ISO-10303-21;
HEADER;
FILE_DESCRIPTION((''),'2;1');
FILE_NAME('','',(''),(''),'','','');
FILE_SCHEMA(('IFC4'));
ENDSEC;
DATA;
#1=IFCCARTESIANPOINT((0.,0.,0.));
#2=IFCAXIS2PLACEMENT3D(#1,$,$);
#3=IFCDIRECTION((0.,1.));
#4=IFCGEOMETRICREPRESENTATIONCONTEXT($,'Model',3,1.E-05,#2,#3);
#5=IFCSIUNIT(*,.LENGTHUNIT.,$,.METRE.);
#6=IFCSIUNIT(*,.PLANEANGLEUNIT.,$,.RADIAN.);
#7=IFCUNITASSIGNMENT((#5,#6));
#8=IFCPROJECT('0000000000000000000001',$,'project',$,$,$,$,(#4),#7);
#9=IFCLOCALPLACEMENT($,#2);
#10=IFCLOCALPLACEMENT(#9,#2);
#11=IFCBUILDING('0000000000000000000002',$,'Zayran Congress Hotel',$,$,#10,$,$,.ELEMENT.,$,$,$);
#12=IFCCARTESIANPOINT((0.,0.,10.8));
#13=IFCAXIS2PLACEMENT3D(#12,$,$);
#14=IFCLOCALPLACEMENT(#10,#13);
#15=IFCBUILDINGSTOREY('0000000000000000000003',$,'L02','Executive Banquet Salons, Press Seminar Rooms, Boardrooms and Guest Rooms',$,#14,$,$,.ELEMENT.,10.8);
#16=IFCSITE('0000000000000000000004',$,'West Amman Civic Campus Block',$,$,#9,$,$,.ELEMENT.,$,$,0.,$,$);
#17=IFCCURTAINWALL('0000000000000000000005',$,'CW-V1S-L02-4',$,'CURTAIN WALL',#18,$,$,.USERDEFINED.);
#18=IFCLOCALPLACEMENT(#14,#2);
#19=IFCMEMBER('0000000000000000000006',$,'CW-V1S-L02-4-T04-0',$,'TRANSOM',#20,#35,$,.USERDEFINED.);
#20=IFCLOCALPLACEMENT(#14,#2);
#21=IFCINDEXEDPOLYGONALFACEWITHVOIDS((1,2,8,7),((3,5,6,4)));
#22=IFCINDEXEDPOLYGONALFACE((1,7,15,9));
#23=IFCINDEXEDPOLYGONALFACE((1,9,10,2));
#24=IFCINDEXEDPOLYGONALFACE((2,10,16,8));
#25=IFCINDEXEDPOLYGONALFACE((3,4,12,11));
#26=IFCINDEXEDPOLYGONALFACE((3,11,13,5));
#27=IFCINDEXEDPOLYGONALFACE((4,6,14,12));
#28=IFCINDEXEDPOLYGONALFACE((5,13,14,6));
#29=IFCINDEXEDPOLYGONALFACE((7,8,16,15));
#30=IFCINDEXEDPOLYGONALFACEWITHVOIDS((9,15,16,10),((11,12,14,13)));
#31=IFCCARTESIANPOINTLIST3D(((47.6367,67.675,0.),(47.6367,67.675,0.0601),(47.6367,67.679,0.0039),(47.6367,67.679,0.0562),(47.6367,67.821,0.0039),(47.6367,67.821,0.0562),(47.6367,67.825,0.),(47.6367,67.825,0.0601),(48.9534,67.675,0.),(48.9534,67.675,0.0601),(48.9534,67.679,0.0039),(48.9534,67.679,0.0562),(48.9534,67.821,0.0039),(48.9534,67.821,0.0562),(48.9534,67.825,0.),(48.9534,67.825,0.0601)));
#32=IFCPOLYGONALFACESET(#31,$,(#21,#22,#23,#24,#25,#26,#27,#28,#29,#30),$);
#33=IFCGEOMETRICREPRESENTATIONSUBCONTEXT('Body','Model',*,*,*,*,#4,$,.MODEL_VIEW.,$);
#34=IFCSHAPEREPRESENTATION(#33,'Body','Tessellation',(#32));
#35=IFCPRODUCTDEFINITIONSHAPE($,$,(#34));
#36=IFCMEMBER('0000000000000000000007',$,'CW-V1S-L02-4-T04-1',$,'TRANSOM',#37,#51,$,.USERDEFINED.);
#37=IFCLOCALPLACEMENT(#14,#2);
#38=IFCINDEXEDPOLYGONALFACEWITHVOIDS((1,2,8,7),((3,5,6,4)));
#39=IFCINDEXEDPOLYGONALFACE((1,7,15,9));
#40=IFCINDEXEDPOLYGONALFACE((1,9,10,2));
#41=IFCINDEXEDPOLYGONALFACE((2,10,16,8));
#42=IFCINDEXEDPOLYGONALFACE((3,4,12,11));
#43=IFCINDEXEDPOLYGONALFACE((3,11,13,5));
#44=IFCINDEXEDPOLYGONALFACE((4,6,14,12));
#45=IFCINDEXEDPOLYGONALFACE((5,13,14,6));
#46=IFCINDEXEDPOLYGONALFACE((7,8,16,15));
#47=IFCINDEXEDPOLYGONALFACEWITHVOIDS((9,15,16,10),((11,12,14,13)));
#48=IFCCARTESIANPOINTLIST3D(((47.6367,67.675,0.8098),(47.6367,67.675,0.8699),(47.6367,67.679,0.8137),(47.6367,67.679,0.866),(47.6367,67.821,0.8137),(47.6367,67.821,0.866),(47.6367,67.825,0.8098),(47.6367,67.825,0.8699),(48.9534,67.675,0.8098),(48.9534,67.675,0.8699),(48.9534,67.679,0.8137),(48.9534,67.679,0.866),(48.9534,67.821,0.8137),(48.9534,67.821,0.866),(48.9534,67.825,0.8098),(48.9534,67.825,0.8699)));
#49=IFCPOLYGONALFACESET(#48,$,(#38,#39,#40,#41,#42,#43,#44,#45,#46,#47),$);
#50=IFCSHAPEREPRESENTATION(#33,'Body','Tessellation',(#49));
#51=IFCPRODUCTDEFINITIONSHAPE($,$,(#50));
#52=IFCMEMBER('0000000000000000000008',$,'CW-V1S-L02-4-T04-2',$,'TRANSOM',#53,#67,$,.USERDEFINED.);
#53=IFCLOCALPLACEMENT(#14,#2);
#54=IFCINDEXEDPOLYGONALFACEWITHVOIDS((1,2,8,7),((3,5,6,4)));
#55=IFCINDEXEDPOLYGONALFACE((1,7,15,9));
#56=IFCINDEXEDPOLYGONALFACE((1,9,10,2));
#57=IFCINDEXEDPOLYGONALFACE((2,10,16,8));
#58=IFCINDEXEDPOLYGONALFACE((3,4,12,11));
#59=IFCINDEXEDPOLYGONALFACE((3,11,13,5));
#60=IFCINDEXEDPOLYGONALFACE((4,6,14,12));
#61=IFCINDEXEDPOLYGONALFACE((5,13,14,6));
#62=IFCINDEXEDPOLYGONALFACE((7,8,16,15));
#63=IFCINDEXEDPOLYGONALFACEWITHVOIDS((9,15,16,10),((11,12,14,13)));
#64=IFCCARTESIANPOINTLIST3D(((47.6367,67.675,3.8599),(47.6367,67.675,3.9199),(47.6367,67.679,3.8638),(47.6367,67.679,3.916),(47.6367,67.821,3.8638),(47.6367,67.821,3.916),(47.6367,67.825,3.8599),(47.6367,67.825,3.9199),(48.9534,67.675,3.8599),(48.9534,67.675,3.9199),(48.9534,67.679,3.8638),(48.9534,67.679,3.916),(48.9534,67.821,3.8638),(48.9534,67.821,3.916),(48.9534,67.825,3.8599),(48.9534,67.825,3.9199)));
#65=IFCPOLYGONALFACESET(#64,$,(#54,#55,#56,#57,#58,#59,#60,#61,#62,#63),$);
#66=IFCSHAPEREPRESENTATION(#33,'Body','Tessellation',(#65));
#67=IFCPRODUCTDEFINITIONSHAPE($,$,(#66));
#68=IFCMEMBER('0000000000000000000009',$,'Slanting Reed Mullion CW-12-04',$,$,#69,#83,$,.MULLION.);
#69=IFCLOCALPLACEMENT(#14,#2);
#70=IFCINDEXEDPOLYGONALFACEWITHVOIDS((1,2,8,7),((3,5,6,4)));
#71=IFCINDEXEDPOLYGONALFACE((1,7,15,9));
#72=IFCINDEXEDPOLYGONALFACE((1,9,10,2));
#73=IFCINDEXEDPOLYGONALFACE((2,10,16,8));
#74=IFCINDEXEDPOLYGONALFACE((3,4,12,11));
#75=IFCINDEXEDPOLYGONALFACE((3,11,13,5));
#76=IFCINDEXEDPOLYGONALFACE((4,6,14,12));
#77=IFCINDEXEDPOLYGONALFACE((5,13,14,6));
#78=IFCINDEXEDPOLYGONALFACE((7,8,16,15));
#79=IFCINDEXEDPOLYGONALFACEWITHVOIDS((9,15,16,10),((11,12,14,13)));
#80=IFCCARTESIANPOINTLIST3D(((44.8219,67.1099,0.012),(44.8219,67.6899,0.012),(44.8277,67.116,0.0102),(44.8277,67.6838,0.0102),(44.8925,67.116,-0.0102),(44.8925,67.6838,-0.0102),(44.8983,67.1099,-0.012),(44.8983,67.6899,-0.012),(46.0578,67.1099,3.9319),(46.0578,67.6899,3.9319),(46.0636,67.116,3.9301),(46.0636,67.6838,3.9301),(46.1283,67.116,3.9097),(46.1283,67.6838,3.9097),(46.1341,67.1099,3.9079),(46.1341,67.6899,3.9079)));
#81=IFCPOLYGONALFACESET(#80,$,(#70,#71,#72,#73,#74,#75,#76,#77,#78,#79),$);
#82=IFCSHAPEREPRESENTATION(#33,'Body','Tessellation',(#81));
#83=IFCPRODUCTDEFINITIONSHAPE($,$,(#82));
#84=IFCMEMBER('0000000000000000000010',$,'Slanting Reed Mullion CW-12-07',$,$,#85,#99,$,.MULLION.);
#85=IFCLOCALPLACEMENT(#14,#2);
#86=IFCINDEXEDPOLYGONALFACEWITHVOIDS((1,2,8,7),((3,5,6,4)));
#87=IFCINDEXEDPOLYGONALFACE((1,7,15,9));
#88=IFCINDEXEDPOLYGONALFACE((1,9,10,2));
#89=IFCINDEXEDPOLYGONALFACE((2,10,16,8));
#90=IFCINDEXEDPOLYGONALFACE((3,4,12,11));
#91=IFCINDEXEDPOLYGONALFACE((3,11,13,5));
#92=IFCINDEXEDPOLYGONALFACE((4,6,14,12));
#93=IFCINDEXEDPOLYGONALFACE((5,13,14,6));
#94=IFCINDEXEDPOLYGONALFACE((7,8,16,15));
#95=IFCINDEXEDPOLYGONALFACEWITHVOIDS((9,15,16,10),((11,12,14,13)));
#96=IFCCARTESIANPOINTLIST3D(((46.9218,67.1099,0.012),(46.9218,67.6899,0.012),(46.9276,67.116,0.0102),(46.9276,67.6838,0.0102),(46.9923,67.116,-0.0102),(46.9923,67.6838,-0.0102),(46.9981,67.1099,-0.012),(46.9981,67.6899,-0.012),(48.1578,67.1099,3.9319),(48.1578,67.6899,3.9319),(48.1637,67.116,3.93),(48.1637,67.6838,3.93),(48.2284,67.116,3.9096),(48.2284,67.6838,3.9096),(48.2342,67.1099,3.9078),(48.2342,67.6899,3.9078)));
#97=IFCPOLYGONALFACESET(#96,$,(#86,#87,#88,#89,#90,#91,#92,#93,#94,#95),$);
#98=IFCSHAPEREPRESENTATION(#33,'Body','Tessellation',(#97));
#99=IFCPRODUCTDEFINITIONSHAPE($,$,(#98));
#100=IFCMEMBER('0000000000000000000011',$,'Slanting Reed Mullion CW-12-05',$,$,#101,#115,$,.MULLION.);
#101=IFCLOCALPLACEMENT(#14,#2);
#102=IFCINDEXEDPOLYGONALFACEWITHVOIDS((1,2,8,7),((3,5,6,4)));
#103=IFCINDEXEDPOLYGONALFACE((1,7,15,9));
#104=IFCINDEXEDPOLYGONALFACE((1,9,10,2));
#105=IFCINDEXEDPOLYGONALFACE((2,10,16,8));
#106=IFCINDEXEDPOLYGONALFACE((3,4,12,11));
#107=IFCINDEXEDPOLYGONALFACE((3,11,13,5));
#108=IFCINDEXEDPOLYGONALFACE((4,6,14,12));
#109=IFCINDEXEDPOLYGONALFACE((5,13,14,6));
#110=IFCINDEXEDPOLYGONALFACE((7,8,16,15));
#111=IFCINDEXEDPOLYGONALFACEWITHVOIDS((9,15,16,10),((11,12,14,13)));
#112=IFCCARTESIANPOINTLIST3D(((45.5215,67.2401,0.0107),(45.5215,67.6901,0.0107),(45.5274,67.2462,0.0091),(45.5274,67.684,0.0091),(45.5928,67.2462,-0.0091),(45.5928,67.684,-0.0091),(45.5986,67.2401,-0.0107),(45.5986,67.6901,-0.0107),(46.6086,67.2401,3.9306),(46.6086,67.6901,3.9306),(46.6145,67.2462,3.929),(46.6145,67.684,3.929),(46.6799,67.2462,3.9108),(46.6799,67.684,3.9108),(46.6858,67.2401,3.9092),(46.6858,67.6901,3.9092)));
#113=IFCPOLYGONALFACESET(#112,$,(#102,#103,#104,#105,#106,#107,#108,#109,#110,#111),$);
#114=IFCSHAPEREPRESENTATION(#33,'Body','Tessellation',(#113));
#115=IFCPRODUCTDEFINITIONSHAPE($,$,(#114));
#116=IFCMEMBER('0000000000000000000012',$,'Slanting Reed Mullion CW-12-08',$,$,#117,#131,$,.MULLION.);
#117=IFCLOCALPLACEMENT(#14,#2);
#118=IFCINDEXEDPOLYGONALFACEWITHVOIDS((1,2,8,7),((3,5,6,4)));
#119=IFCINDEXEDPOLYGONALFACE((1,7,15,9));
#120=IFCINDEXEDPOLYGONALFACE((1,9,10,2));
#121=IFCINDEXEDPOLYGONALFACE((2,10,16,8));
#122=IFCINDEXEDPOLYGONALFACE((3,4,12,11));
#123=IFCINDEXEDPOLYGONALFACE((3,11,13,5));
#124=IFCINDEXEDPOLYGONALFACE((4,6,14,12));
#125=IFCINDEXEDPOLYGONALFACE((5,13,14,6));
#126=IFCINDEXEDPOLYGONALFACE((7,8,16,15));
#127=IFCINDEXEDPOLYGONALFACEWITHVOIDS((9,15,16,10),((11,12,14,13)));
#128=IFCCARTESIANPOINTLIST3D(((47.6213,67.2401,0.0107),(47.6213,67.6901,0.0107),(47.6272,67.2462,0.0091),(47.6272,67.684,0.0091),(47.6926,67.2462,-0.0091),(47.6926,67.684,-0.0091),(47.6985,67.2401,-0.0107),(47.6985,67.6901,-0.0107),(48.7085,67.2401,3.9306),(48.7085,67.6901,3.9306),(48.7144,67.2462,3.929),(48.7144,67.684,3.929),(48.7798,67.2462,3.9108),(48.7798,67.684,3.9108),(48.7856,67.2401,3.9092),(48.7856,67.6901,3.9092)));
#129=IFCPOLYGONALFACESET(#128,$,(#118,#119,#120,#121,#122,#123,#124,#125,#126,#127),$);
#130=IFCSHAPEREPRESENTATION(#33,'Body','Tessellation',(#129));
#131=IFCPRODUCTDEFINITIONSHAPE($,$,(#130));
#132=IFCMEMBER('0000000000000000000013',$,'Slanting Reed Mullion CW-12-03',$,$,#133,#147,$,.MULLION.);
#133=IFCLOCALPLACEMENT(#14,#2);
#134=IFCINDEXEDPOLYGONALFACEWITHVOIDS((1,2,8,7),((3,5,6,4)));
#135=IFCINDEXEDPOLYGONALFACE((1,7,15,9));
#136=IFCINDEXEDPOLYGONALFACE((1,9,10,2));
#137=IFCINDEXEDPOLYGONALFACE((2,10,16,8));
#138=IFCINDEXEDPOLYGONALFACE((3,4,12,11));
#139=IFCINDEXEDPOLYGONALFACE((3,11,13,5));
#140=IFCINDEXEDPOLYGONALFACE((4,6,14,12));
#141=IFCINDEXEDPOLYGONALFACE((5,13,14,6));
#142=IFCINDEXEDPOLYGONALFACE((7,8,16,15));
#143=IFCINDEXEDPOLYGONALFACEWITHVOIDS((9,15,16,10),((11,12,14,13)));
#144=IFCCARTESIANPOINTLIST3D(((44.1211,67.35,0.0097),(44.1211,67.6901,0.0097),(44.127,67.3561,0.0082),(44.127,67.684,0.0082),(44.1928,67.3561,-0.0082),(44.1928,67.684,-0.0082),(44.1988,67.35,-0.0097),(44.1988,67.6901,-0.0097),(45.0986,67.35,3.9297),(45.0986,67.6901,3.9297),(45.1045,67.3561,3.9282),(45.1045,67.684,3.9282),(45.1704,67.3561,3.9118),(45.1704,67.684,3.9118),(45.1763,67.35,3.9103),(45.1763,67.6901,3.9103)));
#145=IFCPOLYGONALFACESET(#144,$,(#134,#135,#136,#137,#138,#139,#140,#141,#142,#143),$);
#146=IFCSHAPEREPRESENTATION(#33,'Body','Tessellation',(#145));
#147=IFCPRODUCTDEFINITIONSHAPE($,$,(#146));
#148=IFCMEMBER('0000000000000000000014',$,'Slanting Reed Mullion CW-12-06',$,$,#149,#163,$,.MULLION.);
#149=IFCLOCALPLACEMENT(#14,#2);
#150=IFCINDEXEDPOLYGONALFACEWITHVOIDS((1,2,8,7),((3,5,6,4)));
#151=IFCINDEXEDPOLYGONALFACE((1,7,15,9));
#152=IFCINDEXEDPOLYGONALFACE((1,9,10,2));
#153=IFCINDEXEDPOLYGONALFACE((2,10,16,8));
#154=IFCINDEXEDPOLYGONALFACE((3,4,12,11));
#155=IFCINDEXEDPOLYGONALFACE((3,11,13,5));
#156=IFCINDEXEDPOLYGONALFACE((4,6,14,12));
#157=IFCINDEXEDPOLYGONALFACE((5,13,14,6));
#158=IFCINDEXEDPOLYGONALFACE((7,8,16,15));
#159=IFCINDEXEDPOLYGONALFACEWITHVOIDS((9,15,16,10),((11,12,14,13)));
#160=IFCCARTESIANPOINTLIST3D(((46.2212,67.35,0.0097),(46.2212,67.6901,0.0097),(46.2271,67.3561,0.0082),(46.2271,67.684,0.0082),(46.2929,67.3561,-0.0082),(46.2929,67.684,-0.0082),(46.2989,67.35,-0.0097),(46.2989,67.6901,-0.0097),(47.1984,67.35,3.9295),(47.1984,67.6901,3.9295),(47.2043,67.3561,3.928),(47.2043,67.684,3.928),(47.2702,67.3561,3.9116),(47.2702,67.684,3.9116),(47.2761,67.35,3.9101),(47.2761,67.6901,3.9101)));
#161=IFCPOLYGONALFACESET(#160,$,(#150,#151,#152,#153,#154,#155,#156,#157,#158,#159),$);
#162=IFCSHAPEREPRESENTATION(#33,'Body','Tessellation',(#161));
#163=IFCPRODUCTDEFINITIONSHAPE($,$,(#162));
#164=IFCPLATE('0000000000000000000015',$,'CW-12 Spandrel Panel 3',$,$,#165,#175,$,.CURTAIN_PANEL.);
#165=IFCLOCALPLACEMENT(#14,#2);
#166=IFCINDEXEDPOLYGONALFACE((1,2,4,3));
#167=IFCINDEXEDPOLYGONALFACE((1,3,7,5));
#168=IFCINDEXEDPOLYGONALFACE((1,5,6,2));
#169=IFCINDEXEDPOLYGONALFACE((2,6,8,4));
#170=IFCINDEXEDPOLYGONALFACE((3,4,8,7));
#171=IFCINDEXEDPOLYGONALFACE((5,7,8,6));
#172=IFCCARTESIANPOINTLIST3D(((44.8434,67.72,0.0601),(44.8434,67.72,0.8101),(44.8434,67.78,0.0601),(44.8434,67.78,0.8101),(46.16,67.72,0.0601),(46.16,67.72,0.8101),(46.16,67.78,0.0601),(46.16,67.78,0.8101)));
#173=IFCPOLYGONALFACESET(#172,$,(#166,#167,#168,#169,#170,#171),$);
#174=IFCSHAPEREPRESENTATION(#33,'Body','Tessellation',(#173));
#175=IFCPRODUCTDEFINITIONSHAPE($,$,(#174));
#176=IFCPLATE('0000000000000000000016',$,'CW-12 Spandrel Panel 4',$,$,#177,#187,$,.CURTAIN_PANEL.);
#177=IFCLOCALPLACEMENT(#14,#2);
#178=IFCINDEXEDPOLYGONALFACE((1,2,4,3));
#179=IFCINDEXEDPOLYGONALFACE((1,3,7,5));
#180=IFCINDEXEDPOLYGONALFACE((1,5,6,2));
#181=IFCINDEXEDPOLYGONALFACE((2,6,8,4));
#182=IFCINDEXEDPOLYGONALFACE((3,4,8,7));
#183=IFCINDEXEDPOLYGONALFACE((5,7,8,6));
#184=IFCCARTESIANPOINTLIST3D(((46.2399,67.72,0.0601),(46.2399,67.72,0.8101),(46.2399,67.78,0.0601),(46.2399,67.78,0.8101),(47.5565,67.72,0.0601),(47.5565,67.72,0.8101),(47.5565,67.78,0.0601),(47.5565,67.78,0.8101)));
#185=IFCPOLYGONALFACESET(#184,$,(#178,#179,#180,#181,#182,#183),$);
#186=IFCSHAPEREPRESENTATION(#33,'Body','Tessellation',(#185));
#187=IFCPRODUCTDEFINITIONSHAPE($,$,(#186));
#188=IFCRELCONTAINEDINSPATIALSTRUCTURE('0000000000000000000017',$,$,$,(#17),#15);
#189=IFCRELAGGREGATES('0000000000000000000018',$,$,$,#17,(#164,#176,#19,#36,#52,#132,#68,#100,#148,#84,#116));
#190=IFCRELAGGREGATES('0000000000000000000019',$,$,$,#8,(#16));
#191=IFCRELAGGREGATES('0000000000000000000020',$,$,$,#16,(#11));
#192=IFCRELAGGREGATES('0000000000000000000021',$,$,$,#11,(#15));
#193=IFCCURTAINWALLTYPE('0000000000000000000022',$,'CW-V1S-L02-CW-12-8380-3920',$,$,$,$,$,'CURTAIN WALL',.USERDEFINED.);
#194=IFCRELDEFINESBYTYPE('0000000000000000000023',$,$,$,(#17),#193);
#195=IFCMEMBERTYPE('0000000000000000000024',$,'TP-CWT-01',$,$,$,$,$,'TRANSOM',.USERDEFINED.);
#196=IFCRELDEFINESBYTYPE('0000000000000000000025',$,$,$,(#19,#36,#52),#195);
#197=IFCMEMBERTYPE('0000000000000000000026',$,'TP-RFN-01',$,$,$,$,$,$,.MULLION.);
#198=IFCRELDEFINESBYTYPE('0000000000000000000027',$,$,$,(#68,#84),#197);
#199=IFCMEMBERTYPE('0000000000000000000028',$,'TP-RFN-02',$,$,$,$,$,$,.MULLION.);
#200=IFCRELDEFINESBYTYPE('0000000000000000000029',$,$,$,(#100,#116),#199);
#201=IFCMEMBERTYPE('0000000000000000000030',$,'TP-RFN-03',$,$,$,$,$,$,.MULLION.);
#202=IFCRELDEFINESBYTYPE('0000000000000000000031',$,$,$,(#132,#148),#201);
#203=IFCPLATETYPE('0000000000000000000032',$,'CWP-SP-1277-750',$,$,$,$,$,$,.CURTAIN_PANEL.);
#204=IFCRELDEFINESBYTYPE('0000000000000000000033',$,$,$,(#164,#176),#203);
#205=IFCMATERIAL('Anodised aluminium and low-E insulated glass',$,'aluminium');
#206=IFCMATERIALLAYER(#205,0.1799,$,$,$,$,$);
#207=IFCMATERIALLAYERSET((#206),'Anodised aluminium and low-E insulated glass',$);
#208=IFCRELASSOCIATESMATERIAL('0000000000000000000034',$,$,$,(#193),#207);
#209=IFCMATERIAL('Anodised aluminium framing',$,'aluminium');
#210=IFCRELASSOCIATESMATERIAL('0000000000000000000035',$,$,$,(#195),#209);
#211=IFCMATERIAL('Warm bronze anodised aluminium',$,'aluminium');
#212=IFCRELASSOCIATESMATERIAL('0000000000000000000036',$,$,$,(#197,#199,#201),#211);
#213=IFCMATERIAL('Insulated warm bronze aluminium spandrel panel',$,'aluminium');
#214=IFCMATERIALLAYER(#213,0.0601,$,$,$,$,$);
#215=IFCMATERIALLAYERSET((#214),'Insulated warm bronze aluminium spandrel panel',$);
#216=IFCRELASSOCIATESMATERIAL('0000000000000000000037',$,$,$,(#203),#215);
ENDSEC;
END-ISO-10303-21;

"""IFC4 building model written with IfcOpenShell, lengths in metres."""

from ifc_helpers import new_model, si_unit, direction, frame, origin, origin_2d, place, context, subcontext, project, spatial, rectangle, hollow_rectangle, extrude, material, layer, layer_set, material_profile, profile_set, type_object, element, aggregate, save


model = new_model("IFC4")

# Units and contexts
model_context = context("Model", 3, precision=1e-05, world=origin(), true_north=direction((0.0, 1.0)))
body_context = subcontext(model_context, "Body", "Model", "MODEL_VIEW")
ifc_project = project(units=[si_unit("LENGTHUNIT", "METRE"), si_unit("PLANEANGLEUNIT", "RADIAN")], contexts=[model_context])

# Site, building, storey
site_placement = place(None, origin())
site = spatial("IfcSite", under=ifc_project, at=site_placement, Name="West Amman Civic Campus Block", CompositionType="ELEMENT", RefElevation=0.0)
building_placement = place(site_placement, origin())
building = spatial("IfcBuilding", under=site, at=building_placement, Name="Zayran Congress Hotel", CompositionType="ELEMENT")
storey_placement = place(building_placement, frame((0.0, 0.0, 10.8)))
storey = spatial("IfcBuildingStorey", under=building, at=storey_placement, Name="L02", Description="Executive Banquet Salons, Press Seminar Rooms, Boardrooms and Guest Rooms", CompositionType="ELEMENT", Elevation=10.8)

# Curtain wall, members, plates
ifc_material_1 = material(Name="Anodised aluminium and low-E insulated glass", Category="aluminium")
ifc_layer_1 = layer(ifc_material_1, 0.1799)
ifc_layer_set_1 = layer_set([ifc_layer_1], Name="Anodised aluminium and low-E insulated glass")
curtain_wall_type = type_object("IfcCurtainWallType", Name="CW-V1S-L02-CW-12-8380-3920", ElementType="CURTAIN WALL", PredefinedType="USERDEFINED", material=ifc_layer_set_1)
curtain_wall_placement = place(storey_placement, origin())
curtain_wall = element("IfcCurtainWall", 1, at=curtain_wall_placement, inside=storey, type_object=curtain_wall_type, Name="CW-V1S-L02-4", ObjectType="CURTAIN WALL", PredefinedType="USERDEFINED")
ifc_material_2 = material(Name="Anodised aluminium framing", Category="aluminium")
ifc_material_profile_1 = material_profile(ifc_material_2, hollow_rectangle(XDim=0.0601, YDim=0.1499, WallThickness=0.0039, at=origin_2d()), Name="RHS 150x60x4")
ifc_profile_set_1 = profile_set([ifc_material_profile_1], Name="Anodised aluminium framing")
member_type_1 = type_object("IfcMemberType", Name="TP-CWT-01", ElementType="TRANSOM", PredefinedType="USERDEFINED", material=ifc_profile_set_1)
member_1_placement = place(storey_placement, frame((47.6367, 67.75, 0.03), z_axis=(1.0, 0.0, 0.0), x_axis=(0.0, 0.0, 1.0)))
member_1 = element("IfcMember", 2, at=member_1_placement, type_object=member_type_1, Name="CW-V1S-L02-4-T04-0", ObjectType="TRANSOM", PredefinedType="USERDEFINED", context=body_context, shape_type="SweptSolid", body=[
    extrude(hollow_rectangle(XDim=0.0601, YDim=0.1499, WallThickness=0.0039, at=origin_2d()), origin(), (0.0, 0.0, 1.0), 1.3167),
])
member_2_placement = place(storey_placement, frame((47.6367, 67.75, 0.8398), z_axis=(1.0, 0.0, 0.0), x_axis=(0.0, 0.0, 1.0)))
member_2 = element("IfcMember", 3, at=member_2_placement, type_object=member_type_1, Name="CW-V1S-L02-4-T04-1", ObjectType="TRANSOM", PredefinedType="USERDEFINED", context=body_context, shape_type="SweptSolid", body=[
    extrude(hollow_rectangle(XDim=0.0601, YDim=0.1499, WallThickness=0.0039, at=origin_2d()), origin(), (0.0, 0.0, 1.0), 1.3167),
])
member_3_placement = place(storey_placement, frame((47.6367, 67.75, 3.8899), z_axis=(1.0, 0.0, 0.0), x_axis=(0.0, 0.0, 1.0)))
member_3 = element("IfcMember", 4, at=member_3_placement, type_object=member_type_1, Name="CW-V1S-L02-4-T04-2", ObjectType="TRANSOM", PredefinedType="USERDEFINED", context=body_context, shape_type="SweptSolid", body=[
    extrude(hollow_rectangle(XDim=0.0601, YDim=0.1499, WallThickness=0.0039, at=origin_2d()), origin(), (0.0, 0.0, 1.0), 1.3167),
])
ifc_material_3 = material(Name="Warm bronze anodised aluminium", Category="aluminium")
ifc_material_profile_2 = material_profile(ifc_material_3, hollow_rectangle(XDim=0.0801, YDim=0.5801, WallThickness=0.0061, at=origin_2d()), Name="RHS 580x80x6")
ifc_profile_set_2 = profile_set([ifc_material_profile_2], Name="Warm bronze anodised aluminium")
member_type_2 = type_object("IfcMemberType", Name="TP-RFN-01", PredefinedType="MULLION", material=ifc_profile_set_2)
member_4_placement = place(storey_placement, frame((44.8601, 67.3999, 0.0), z_axis=(0.300682, 0.0, 0.953724), x_axis=(-0.953724, 0.0, 0.300682)))
member_4 = element("IfcMember", 5, at=member_4_placement, type_object=member_type_2, Name="Slanting Reed Mullion CW-12-04", PredefinedType="MULLION", context=body_context, shape_type="SweptSolid", body=[
    extrude(hollow_rectangle(XDim=0.0801, YDim=0.5801, WallThickness=0.0061, at=origin_2d()), origin(), (0.0, 0.0, 1.0), 4.1101),
])
member_5_placement = place(storey_placement, frame((46.96, 67.3999, 0.0), z_axis=(0.300736, 0.0, 0.953707), x_axis=(-0.953707, 0.0, 0.300736)))
member_5 = element("IfcMember", 6, at=member_5_placement, type_object=member_type_2, Name="Slanting Reed Mullion CW-12-07", PredefinedType="MULLION", context=body_context, shape_type="SweptSolid", body=[
    extrude(hollow_rectangle(XDim=0.0801, YDim=0.5801, WallThickness=0.0061, at=origin_2d()), origin(), (0.0, 0.0, 1.0), 4.1101),
])
ifc_material_profile_3 = material_profile(ifc_material_3, hollow_rectangle(XDim=0.0801, YDim=0.45, WallThickness=0.0061, at=origin_2d()), Name="RHS 450x80x6")
ifc_profile_set_3 = profile_set([ifc_material_profile_3], Name="Warm bronze anodised aluminium")
member_type_3 = type_object("IfcMemberType", Name="TP-RFN-02", PredefinedType="MULLION", material=ifc_profile_set_3)
member_6_placement = place(storey_placement, frame((45.5601, 67.4651, 0.0), z_axis=(0.267254, 0.0, 0.963626), x_axis=(-0.963626, 0.0, 0.267254)))
member_6 = element("IfcMember", 7, at=member_6_placement, type_object=member_type_3, Name="Slanting Reed Mullion CW-12-05", PredefinedType="MULLION", context=body_context, shape_type="SweptSolid", body=[
    extrude(hollow_rectangle(XDim=0.0801, YDim=0.45, WallThickness=0.0061, at=origin_2d()), origin(), (0.0, 0.0, 1.0), 4.0679),
])
member_7_placement = place(storey_placement, frame((47.6599, 67.4651, 0.0), z_axis=(0.267254, 0.0, 0.963626), x_axis=(-0.963626, 0.0, 0.267254)))
member_7 = element("IfcMember", 8, at=member_7_placement, type_object=member_type_3, Name="Slanting Reed Mullion CW-12-08", PredefinedType="MULLION", context=body_context, shape_type="SweptSolid", body=[
    extrude(hollow_rectangle(XDim=0.0801, YDim=0.45, WallThickness=0.0061, at=origin_2d()), origin(), (0.0, 0.0, 1.0), 4.0679),
])
ifc_material_profile_4 = material_profile(ifc_material_3, hollow_rectangle(XDim=0.0801, YDim=0.3401, WallThickness=0.0061, at=origin_2d()), Name="RHS 340x80x6")
ifc_profile_set_4 = profile_set([ifc_material_profile_4], Name="Warm bronze anodised aluminium")
member_type_4 = type_object("IfcMemberType", Name="TP-RFN-03", PredefinedType="MULLION", material=ifc_profile_set_4)
member_8_placement = place(storey_placement, frame((44.1599, 67.52, 0.0), z_axis=(0.241967, 0.0, 0.970285), x_axis=(-0.970285, 0.0, 0.241967)))
member_8 = element("IfcMember", 9, at=member_8_placement, type_object=member_type_4, Name="Slanting Reed Mullion CW-12-03", PredefinedType="MULLION", context=body_context, shape_type="SweptSolid", body=[
    extrude(hollow_rectangle(XDim=0.0801, YDim=0.3401, WallThickness=0.0061, at=origin_2d()), origin(), (0.0, 0.0, 1.0), 4.04),
])
member_9_placement = place(storey_placement, frame((46.26, 67.52, 0.0), z_axis=(0.24191, 0.0, 0.970299), x_axis=(-0.970299, 0.0, 0.24191)))
member_9 = element("IfcMember", 10, at=member_9_placement, type_object=member_type_4, Name="Slanting Reed Mullion CW-12-06", PredefinedType="MULLION", context=body_context, shape_type="SweptSolid", body=[
    extrude(hollow_rectangle(XDim=0.0801, YDim=0.3401, WallThickness=0.0061, at=origin_2d()), origin(), (0.0, 0.0, 1.0), 4.0398),
])
ifc_material_4 = material(Name="Insulated warm bronze aluminium spandrel panel", Category="aluminium")
ifc_layer_2 = layer(ifc_material_4, 0.0601)
ifc_layer_set_2 = layer_set([ifc_layer_2], Name="Insulated warm bronze aluminium spandrel panel")
plate_type_1 = type_object("IfcPlateType", Name="CWP-SP-1277-750", PredefinedType="CURTAIN_PANEL", material=ifc_layer_set_2)
plate_1_placement = place(storey_placement, frame((45.5017, 67.75, 0.0601), z_axis=(0.0, 0.0, 1.0), x_axis=(1.0, 0.0, 0.0)))
plate_1 = element("IfcPlate", 11, at=plate_1_placement, type_object=plate_type_1, Name="CW-12 Spandrel Panel 3", PredefinedType="CURTAIN_PANEL", context=body_context, shape_type="SweptSolid", body=[
    extrude(rectangle(XDim=1.3167, YDim=0.0601, at=origin_2d()), origin(), (0.0, 0.0, 1.0), 0.75),
])
plate_2_placement = place(storey_placement, frame((46.8982, 67.75, 0.0601), z_axis=(0.0, 0.0, 1.0), x_axis=(1.0, 0.0, 0.0)))
plate_2 = element("IfcPlate", 12, at=plate_2_placement, type_object=plate_type_1, Name="CW-12 Spandrel Panel 4", PredefinedType="CURTAIN_PANEL", context=body_context, shape_type="SweptSolid", body=[
    extrude(rectangle(XDim=1.3167, YDim=0.0601, at=origin_2d()), origin(), (0.0, 0.0, 1.0), 0.75),
])
aggregate(curtain_wall, [plate_1, plate_2, member_1, member_2, member_3, member_8, member_4, member_6, member_9, member_5, member_7])

save(model, "model.ifc")
